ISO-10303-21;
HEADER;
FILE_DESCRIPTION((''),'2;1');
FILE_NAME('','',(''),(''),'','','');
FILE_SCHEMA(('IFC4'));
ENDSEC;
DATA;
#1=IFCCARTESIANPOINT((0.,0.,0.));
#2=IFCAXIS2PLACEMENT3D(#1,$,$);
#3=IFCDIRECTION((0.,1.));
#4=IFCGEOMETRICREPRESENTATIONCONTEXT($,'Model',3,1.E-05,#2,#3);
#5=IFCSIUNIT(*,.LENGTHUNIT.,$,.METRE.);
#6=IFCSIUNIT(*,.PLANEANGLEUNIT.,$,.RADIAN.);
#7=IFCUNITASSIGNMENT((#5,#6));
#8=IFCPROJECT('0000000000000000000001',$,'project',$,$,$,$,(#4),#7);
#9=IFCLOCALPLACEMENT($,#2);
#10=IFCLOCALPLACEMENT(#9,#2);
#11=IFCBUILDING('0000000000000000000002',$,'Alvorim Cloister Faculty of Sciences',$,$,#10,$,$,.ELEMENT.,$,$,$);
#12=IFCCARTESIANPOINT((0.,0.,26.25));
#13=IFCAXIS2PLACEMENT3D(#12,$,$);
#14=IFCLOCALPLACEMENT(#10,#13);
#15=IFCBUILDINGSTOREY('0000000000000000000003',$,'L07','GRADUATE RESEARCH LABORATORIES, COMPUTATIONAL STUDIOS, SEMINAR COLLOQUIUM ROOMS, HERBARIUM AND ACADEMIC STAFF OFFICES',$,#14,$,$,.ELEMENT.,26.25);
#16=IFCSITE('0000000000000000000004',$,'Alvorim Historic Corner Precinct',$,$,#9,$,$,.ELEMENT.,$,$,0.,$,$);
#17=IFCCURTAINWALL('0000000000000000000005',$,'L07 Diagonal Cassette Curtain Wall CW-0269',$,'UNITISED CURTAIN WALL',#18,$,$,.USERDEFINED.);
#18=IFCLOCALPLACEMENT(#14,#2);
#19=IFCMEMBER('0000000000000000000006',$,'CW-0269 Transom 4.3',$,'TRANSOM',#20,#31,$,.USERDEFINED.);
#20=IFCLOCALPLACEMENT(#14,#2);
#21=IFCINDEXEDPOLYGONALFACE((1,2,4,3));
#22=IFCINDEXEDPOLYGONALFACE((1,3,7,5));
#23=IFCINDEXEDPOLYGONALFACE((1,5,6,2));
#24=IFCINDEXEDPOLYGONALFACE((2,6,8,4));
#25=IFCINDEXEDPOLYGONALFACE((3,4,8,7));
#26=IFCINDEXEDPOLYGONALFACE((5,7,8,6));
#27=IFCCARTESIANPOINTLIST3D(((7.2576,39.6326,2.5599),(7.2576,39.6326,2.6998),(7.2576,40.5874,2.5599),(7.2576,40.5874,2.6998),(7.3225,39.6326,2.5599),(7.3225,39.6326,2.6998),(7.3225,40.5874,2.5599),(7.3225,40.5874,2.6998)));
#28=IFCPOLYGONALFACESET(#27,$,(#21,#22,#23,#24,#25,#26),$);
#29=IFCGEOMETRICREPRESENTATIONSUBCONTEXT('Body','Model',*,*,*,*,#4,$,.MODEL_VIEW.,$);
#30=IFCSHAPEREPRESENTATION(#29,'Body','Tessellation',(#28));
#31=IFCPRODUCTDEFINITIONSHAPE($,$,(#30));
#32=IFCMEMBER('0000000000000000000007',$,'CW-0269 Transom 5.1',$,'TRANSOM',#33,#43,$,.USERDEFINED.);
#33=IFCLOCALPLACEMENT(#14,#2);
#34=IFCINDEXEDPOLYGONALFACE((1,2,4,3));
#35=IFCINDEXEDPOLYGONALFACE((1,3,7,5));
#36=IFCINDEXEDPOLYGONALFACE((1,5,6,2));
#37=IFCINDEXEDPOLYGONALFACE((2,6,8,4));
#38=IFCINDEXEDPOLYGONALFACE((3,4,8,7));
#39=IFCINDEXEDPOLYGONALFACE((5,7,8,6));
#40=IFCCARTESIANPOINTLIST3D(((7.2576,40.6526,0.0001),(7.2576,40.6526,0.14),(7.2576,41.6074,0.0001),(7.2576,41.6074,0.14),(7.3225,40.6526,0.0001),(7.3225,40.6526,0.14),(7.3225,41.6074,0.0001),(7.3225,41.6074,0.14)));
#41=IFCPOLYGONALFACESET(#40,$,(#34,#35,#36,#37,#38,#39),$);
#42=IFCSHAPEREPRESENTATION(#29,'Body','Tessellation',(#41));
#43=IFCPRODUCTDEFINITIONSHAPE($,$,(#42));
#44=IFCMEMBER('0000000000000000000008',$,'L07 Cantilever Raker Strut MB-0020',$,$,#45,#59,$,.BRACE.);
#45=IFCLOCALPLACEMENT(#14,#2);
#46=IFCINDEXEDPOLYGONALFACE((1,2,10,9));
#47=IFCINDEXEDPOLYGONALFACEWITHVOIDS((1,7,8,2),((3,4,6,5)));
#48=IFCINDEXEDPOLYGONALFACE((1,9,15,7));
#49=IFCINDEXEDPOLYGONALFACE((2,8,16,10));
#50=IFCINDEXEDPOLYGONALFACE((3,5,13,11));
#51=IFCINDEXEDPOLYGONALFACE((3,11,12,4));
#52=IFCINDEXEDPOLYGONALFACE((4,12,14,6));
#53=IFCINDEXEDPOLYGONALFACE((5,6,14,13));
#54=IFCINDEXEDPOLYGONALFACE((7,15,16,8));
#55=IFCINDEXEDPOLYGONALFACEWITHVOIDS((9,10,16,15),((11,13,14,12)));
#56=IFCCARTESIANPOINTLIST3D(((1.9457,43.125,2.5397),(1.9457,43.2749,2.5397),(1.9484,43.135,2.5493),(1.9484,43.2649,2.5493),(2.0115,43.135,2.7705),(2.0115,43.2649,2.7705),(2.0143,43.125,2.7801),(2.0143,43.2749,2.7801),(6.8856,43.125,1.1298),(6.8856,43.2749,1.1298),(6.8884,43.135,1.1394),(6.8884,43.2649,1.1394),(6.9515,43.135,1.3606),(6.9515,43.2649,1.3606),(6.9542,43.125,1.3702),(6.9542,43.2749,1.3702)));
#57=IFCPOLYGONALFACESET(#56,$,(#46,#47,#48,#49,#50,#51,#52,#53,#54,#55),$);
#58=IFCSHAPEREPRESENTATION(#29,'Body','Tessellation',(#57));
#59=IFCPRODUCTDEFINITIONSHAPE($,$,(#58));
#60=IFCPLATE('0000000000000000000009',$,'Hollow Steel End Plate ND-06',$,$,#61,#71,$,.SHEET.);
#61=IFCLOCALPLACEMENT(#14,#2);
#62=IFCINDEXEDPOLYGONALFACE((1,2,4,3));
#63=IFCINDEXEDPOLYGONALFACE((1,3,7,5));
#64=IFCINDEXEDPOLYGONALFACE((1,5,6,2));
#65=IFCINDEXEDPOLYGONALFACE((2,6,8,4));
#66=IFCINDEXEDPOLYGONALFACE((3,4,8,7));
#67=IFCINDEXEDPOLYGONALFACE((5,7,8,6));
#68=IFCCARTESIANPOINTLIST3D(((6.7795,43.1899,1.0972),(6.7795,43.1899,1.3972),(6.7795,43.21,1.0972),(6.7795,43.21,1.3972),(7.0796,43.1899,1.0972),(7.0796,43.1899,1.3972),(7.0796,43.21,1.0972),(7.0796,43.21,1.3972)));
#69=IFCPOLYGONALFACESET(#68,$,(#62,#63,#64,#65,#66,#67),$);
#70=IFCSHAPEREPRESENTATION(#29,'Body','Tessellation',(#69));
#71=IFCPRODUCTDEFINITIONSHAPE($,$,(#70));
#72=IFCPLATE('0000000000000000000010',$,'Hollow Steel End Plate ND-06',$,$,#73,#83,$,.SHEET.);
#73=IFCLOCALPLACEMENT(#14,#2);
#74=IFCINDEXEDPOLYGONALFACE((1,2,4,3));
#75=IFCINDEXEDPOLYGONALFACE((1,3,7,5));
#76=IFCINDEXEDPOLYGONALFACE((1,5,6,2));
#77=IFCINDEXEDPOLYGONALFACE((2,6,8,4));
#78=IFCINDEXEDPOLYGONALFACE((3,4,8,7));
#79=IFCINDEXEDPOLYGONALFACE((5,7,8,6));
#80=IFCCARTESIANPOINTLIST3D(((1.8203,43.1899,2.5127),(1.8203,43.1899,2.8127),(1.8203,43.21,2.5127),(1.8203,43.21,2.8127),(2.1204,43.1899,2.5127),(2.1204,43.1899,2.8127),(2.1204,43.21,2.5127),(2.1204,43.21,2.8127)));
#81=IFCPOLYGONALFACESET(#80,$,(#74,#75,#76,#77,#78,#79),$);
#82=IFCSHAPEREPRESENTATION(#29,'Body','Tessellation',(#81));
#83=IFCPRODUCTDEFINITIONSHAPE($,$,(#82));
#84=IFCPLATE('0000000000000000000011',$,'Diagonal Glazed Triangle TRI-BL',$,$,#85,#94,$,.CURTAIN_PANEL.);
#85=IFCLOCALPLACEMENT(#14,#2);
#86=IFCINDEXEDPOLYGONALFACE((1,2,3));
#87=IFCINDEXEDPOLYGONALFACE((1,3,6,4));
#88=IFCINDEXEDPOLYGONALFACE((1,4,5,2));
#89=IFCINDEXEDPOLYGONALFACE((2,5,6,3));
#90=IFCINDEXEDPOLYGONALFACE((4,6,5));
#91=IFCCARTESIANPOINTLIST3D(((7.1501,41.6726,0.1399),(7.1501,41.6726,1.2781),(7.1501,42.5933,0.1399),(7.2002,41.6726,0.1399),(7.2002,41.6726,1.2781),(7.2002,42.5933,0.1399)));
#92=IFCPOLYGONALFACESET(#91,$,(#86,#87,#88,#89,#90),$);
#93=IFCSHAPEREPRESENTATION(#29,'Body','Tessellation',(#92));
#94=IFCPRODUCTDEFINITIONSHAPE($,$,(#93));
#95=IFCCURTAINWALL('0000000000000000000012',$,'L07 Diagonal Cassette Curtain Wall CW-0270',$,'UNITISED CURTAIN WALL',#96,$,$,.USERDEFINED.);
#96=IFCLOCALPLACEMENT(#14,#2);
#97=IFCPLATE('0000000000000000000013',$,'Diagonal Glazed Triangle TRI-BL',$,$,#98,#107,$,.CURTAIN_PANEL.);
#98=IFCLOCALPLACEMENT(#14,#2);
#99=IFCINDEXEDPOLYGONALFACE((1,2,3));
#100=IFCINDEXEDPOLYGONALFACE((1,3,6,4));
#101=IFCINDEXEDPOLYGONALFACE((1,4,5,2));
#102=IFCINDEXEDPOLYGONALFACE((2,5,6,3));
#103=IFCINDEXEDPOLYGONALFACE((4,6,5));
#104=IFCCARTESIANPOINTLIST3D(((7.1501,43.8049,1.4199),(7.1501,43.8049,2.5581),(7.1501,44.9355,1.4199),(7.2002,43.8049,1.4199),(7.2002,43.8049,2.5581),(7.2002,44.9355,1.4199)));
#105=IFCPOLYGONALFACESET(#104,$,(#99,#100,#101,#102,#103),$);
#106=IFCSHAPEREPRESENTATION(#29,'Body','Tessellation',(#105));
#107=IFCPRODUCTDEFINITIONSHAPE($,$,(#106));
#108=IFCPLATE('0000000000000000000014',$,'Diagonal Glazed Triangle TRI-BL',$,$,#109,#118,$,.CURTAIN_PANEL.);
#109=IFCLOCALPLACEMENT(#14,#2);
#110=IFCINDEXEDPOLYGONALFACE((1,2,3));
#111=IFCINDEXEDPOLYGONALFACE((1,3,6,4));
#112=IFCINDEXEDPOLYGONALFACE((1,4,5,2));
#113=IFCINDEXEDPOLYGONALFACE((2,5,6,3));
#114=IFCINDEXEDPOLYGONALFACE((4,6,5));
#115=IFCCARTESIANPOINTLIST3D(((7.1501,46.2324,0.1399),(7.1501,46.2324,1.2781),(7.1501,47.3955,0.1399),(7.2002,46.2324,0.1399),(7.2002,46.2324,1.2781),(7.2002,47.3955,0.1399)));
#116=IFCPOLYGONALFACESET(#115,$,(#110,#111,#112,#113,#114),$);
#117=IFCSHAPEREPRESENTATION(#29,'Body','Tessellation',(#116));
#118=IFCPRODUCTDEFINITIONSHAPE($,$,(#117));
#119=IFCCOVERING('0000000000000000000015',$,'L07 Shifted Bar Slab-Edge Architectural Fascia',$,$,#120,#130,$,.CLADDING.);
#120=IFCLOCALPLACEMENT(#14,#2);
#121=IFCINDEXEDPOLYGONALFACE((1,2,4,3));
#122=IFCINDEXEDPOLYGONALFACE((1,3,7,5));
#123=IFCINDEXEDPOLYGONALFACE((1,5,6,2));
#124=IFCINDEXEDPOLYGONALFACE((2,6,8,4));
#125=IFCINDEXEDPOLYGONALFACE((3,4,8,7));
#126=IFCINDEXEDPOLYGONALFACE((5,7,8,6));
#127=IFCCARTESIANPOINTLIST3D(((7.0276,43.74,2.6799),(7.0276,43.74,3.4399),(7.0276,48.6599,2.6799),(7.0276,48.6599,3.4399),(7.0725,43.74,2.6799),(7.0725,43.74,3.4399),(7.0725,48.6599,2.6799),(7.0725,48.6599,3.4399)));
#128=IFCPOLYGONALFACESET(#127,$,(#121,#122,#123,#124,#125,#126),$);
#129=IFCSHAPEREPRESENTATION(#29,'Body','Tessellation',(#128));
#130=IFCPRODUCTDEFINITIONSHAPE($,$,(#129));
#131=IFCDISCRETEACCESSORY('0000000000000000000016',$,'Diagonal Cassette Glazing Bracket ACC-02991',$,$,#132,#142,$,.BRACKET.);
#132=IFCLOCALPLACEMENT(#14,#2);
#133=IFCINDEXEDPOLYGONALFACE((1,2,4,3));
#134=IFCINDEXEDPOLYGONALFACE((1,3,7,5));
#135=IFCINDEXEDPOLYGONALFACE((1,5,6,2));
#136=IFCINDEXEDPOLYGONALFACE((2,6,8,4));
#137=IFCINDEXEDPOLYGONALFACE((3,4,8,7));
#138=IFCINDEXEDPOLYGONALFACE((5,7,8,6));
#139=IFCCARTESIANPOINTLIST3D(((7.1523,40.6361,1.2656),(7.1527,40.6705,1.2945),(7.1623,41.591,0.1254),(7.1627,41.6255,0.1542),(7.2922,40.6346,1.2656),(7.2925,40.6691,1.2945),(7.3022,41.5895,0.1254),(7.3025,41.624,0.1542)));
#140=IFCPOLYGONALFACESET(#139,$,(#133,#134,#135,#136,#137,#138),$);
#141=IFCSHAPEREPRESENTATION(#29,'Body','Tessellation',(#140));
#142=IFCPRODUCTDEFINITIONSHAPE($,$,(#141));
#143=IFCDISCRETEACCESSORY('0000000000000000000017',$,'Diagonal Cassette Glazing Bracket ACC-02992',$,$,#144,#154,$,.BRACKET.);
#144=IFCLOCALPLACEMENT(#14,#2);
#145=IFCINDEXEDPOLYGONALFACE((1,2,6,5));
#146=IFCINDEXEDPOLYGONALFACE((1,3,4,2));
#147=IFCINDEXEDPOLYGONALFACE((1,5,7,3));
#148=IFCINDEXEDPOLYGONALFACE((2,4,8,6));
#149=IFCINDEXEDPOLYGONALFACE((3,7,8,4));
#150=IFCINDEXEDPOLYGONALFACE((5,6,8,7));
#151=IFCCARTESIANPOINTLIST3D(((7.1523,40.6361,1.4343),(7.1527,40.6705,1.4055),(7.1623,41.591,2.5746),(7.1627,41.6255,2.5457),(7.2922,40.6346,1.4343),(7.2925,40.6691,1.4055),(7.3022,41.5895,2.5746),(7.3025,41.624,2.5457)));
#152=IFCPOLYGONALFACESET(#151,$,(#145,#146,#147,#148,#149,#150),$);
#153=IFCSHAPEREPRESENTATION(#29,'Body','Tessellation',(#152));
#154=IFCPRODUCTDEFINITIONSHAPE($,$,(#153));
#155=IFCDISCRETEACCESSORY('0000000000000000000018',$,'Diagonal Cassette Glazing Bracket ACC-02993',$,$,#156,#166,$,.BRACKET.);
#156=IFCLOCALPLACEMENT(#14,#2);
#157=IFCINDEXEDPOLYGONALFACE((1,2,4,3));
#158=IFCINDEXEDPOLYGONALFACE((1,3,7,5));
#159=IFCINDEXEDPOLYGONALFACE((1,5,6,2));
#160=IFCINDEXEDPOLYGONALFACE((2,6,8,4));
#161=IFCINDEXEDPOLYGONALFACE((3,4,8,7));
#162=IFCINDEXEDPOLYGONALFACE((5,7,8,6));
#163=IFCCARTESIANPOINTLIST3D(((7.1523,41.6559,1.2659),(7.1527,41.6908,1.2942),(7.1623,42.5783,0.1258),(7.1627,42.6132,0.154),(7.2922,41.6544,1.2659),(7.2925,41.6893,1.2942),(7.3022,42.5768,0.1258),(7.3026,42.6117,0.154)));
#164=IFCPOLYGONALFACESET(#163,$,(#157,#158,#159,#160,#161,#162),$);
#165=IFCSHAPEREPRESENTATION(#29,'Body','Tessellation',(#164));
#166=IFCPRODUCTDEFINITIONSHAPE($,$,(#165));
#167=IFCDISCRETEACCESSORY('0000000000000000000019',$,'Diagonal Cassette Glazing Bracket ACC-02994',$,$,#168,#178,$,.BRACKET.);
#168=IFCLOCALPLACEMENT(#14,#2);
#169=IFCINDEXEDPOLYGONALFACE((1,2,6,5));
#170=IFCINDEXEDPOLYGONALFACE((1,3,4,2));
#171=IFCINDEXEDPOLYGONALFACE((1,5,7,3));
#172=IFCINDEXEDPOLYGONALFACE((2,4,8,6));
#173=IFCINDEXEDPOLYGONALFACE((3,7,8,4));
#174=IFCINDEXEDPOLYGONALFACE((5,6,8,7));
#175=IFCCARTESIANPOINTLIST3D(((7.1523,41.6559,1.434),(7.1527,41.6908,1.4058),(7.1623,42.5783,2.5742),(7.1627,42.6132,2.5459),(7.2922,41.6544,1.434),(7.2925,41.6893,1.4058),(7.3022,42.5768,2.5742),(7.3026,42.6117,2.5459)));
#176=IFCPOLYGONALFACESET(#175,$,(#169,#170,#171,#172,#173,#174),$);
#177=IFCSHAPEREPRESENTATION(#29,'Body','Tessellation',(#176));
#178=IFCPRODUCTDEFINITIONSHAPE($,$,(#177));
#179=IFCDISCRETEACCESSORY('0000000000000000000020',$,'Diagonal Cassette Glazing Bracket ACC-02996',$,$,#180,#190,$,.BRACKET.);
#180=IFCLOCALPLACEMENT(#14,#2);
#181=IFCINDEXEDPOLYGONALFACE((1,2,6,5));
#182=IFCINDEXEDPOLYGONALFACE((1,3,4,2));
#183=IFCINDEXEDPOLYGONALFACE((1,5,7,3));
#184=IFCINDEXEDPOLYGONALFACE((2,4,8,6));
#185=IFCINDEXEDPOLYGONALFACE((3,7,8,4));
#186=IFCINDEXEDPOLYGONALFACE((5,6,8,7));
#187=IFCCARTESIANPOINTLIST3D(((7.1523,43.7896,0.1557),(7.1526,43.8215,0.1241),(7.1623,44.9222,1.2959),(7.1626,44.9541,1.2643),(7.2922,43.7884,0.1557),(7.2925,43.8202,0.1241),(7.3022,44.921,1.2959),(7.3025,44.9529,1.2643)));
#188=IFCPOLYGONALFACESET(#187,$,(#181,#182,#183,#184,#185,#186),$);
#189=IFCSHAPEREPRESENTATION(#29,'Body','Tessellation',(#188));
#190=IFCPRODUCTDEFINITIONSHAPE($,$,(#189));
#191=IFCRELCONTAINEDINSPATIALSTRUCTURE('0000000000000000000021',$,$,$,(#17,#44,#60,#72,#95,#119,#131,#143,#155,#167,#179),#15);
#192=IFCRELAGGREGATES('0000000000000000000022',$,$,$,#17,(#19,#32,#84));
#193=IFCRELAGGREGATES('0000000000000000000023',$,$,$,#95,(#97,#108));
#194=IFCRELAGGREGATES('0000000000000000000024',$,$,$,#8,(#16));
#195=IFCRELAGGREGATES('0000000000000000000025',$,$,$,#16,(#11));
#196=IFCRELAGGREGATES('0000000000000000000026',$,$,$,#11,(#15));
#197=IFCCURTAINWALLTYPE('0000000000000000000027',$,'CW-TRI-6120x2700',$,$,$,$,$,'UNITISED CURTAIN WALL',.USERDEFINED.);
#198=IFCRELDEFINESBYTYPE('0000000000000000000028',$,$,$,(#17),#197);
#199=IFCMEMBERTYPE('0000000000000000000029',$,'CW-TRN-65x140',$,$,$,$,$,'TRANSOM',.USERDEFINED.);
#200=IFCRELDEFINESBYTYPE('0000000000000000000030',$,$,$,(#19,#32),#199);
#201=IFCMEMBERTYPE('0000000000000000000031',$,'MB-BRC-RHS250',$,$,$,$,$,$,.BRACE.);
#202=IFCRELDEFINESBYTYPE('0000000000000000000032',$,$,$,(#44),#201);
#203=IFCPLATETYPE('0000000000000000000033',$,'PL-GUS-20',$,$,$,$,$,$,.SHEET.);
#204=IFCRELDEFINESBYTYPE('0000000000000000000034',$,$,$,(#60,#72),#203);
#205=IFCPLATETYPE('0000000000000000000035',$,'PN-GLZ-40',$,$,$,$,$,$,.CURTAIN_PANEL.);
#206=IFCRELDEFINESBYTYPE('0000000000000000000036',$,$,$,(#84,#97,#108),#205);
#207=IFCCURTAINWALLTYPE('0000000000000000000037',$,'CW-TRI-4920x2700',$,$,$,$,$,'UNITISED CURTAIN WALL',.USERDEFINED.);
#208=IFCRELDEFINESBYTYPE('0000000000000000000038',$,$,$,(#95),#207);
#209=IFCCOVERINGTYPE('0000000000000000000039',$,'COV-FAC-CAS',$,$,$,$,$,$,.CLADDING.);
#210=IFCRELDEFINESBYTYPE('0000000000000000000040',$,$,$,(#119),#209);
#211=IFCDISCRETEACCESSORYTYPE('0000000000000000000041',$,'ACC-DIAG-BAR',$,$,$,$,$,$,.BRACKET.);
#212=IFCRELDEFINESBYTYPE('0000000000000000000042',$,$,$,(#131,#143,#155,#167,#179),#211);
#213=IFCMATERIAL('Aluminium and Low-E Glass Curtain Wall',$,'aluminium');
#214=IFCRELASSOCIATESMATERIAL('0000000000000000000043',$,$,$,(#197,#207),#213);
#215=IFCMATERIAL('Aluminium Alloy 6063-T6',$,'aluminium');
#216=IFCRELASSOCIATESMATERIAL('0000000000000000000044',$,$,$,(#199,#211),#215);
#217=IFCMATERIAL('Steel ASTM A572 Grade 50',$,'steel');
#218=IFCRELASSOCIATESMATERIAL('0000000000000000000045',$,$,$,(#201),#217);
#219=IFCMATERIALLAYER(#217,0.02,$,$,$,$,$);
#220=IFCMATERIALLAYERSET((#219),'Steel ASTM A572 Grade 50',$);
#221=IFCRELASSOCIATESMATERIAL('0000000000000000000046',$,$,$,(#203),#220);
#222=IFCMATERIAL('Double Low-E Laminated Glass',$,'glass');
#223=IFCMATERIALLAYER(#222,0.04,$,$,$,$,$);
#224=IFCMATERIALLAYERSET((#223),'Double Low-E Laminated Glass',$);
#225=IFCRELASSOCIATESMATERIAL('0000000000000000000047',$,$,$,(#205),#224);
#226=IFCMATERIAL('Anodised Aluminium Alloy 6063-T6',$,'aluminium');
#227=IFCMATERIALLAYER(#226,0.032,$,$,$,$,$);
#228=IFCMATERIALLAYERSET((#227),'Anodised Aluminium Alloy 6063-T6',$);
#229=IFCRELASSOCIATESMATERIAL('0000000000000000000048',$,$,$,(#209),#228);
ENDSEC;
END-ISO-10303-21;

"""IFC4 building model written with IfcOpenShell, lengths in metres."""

from ifc_helpers import new_model, si_unit, direction, frame, origin, origin_2d, place, context, subcontext, project, spatial, polyline, rectangle, hollow_rectangle, outline, extrude, material, layer, layer_set, material_profile, profile_set, type_object, element, aggregate, save


model = new_model("IFC4")

# Units and contexts
model_context = context("Model", 3, precision=1e-05, world=origin(), true_north=direction((0.0, 1.0)))
body_context = subcontext(model_context, "Body", "Model", "MODEL_VIEW")
ifc_project = project(units=[si_unit("LENGTHUNIT", "METRE"), si_unit("PLANEANGLEUNIT", "RADIAN")], contexts=[model_context])

# Site, building, storey
site_placement = place(None, origin())
site = spatial("IfcSite", under=ifc_project, at=site_placement, Name="Alvorim Historic Corner Precinct", CompositionType="ELEMENT", RefElevation=0.0)
building_placement = place(site_placement, origin())
building = spatial("IfcBuilding", under=site, at=building_placement, Name="Alvorim Cloister Faculty of Sciences", CompositionType="ELEMENT")
storey_placement = place(building_placement, frame((0.0, 0.0, 26.25)))
storey = spatial("IfcBuildingStorey", under=building, at=storey_placement, Name="L07", Description="GRADUATE RESEARCH LABORATORIES, COMPUTATIONAL STUDIOS, SEMINAR COLLOQUIUM ROOMS, HERBARIUM AND ACADEMIC STAFF OFFICES", CompositionType="ELEMENT", Elevation=26.25)

# Shared definitions
ifc_material_1 = material(Name="Steel ASTM A572 Grade 50", Category="steel")

# Curtain wall, members
ifc_material_2 = material(Name="Aluminium and Low-E Glass Curtain Wall", Category="aluminium")
curtain_wall_type_1 = type_object("IfcCurtainWallType", Name="CW-TRI-6120x2700", ElementType="UNITISED CURTAIN WALL", PredefinedType="USERDEFINED", material=ifc_material_2)
curtain_wall_1_placement = place(storey_placement, origin())
curtain_wall_1 = element("IfcCurtainWall", 1, at=curtain_wall_1_placement, inside=storey, type_object=curtain_wall_type_1, Name="L07 Diagonal Cassette Curtain Wall CW-0269", ObjectType="UNITISED CURTAIN WALL", PredefinedType="USERDEFINED")
ifc_material_3 = material(Name="Aluminium Alloy 6063-T6", Category="aluminium")
ifc_material_profile_1 = material_profile(ifc_material_3, rectangle(XDim=0.0649, YDim=0.1399, at=origin_2d()), Name="ALU-TRN-65x140")
ifc_profile_set_1 = profile_set([ifc_material_profile_1], Name="Aluminium Alloy 6063-T6")
member_type_1 = type_object("IfcMemberType", Name="CW-TRN-65x140", ElementType="TRANSOM", PredefinedType="USERDEFINED", material=ifc_profile_set_1)
member_1_placement = place(storey_placement, frame((7.29, 39.6326, 2.6299), z_axis=(0.0, 1.0, 0.0), x_axis=(-1.0, 0.0, 0.0)))
member_1 = element("IfcMember", 2, at=member_1_placement, type_object=member_type_1, Name="CW-0269 Transom 4.3", ObjectType="TRANSOM", PredefinedType="USERDEFINED", context=body_context, shape_type="SweptSolid", body=[
    extrude(rectangle(XDim=0.0649, YDim=0.1399, at=origin_2d()), origin(), (0.0, 0.0, 1.0), 0.9548),
])
member_2_placement = place(storey_placement, frame((7.29, 40.6526, 0.0701), z_axis=(0.0, 1.0, 0.0), x_axis=(-1.0, 0.0, 0.0)))
member_2 = element("IfcMember", 3, at=member_2_placement, type_object=member_type_1, Name="CW-0269 Transom 5.1", ObjectType="TRANSOM", PredefinedType="USERDEFINED", context=body_context, shape_type="SweptSolid", body=[
    extrude(rectangle(XDim=0.0649, YDim=0.1399, at=origin_2d()), origin(), (0.0, 0.0, 1.0), 0.9548),
])

# Member
ifc_material_profile_2 = material_profile(ifc_material_1, hollow_rectangle(XDim=0.1499, YDim=0.25, WallThickness=0.01, at=origin_2d()), Name="RHS250x150x10")
ifc_profile_set_2 = profile_set([ifc_material_profile_2], Name="Steel ASTM A572 Grade 50")
member_type_2 = type_object("IfcMemberType", Name="MB-BRC-RHS250", PredefinedType="BRACE", material=ifc_profile_set_2)
member_3_placement = place(storey_placement, frame((6.9199, 43.2, 1.25), z_axis=(-0.961601, 0.0, 0.274451), x_axis=(0.0, -1.0, 0.0)))
element("IfcMember", 4, at=member_3_placement, inside=storey, type_object=member_type_2, Name="L07 Cantilever Raker Strut MB-0020", PredefinedType="BRACE", context=body_context, shape_type="SweptSolid", body=[
    extrude(hollow_rectangle(XDim=0.1499, YDim=0.25, WallThickness=0.01, at=origin_2d()), origin(), (0.0, 0.0, 1.0), 5.1372),
])

# Plates
ifc_layer_1 = layer(ifc_material_1, 0.02)
ifc_layer_set_1 = layer_set([ifc_layer_1], Name="Steel ASTM A572 Grade 50")
plate_type_1 = type_object("IfcPlateType", Name="PL-GUS-20", PredefinedType="SHEET", material=ifc_layer_set_1)
for number, where, z_axis, x_axis, name in (
    (5, (7.0796, 43.2, 1.0972), (0.0, 0.0, 1.0), (-1.0, 0.0, 0.0), "Hollow Steel End Plate ND-06"),
    (6, (2.1204, 43.2, 2.5127), (0.0, 0.0, 1.0), (-1.0, 0.0, 0.0), "Hollow Steel End Plate ND-06"),
):
    element("IfcPlate", number, at=place(storey_placement, frame(where, z_axis=z_axis, x_axis=x_axis)), inside=storey, type_object=plate_type_1, Name=name, PredefinedType="SHEET", context=body_context, shape_type="SweptSolid", body=[
        extrude(outline(polyline([(0.0, 0.0), (0.3, 0.0), (0.3, 0.3), (0.0, 0.3), (0.0, 0.0)])), frame((0.0, 0.01, 0.0), z_axis=(0.0, -1.0, 0.0), x_axis=(1.0, 0.0, 0.0)), (0.0, 0.0, 1.0), 0.02),
    ])

# Plate
ifc_material_4 = material(Name="Double Low-E Laminated Glass", Category="glass")
ifc_layer_2 = layer(ifc_material_4, 0.04)
ifc_layer_set_2 = layer_set([ifc_layer_2], Name="Double Low-E Laminated Glass")
plate_type_2 = type_object("IfcPlateType", Name="PN-GLZ-40", PredefinedType="CURTAIN_PANEL", material=ifc_layer_set_2)
plate_1_placement = place(storey_placement, frame((7.175, 41.6726, 0.1399), z_axis=(0.0, 0.0, 1.0), x_axis=(0.0, 1.0, 0.0)))
plate_1 = element("IfcPlate", 7, at=plate_1_placement, type_object=plate_type_2, Name="Diagonal Glazed Triangle TRI-BL", PredefinedType="CURTAIN_PANEL", context=body_context, shape_type="SweptSolid", body=[
    extrude(outline(polyline([(0.0, 0.0), (0.9207, 0.0), (0.0, 1.1382), (0.0, 0.0)])), frame((0.0, 0.0249, 0.0), z_axis=(0.0, -1.0, 0.0), x_axis=(1.0, 0.0, 0.0)), (0.0, 0.0, 1.0), 0.05),
])
aggregate(curtain_wall_1, [member_1, member_2, plate_1])

# Curtain wall, plates
curtain_wall_type_2 = type_object("IfcCurtainWallType", Name="CW-TRI-4920x2700", ElementType="UNITISED CURTAIN WALL", PredefinedType="USERDEFINED", material=ifc_material_2)
curtain_wall_2_placement = place(storey_placement, origin())
curtain_wall_2 = element("IfcCurtainWall", 8, at=curtain_wall_2_placement, inside=storey, type_object=curtain_wall_type_2, Name="L07 Diagonal Cassette Curtain Wall CW-0270", ObjectType="UNITISED CURTAIN WALL", PredefinedType="USERDEFINED")
plate_2_placement = place(storey_placement, frame((7.175, 43.8049, 1.4199), z_axis=(0.0, 0.0, 1.0), x_axis=(0.0, 1.0, 0.0)))
plate_2 = element("IfcPlate", 9, at=plate_2_placement, type_object=plate_type_2, Name="Diagonal Glazed Triangle TRI-BL", PredefinedType="CURTAIN_PANEL", context=body_context, shape_type="SweptSolid", body=[
    extrude(outline(polyline([(0.0, 0.0), (1.1306, 0.0), (0.0, 1.1382), (0.0, 0.0)])), frame((0.0, 0.0249, 0.0), z_axis=(0.0, -1.0, 0.0), x_axis=(1.0, 0.0, 0.0)), (0.0, 0.0, 1.0), 0.05),
])
plate_3_placement = place(storey_placement, frame((7.175, 46.2324, 0.1399), z_axis=(0.0, 0.0, 1.0), x_axis=(0.0, 1.0, 0.0)))
plate_3 = element("IfcPlate", 10, at=plate_3_placement, type_object=plate_type_2, Name="Diagonal Glazed Triangle TRI-BL", PredefinedType="CURTAIN_PANEL", context=body_context, shape_type="SweptSolid", body=[
    extrude(outline(polyline([(0.0, 0.0), (1.1631, 0.0), (0.0, 1.1382), (0.0, 0.0)])), frame((0.0, 0.0249, 0.0), z_axis=(0.0, -1.0, 0.0), x_axis=(1.0, 0.0, 0.0)), (0.0, 0.0, 1.0), 0.05),
])
aggregate(curtain_wall_2, [plate_2, plate_3])

# Covering
ifc_material_5 = material(Name="Anodised Aluminium Alloy 6063-T6", Category="aluminium")
ifc_layer_3 = layer(ifc_material_5, 0.032)
ifc_layer_set_3 = layer_set([ifc_layer_3], Name="Anodised Aluminium Alloy 6063-T6")
covering_type = type_object("IfcCoveringType", Name="COV-FAC-CAS", PredefinedType="CLADDING", material=ifc_layer_set_3)
covering_placement = place(storey_placement, frame((7.05, 43.74, 2.6799), z_axis=(0.0, 0.0, 1.0), x_axis=(0.0, 1.0, 0.0)))
element("IfcCovering", 11, at=covering_placement, inside=storey, type_object=covering_type, Name="L07 Shifted Bar Slab-Edge Architectural Fascia", PredefinedType="CLADDING", context=body_context, shape_type="SweptSolid", body=[
    extrude(outline(polyline([(0.0, 0.0), (4.9199, 0.0), (4.9199, 0.76), (0.0, 0.76), (0.0, 0.0)])), frame((0.0, 0.0225, 0.0), z_axis=(0.0, -1.0, 0.0), x_axis=(1.0, 0.0, 0.0)), (0.0, 0.0, 1.0), 0.0449),
])

# Discrete accessories
discrete_accessory_type = type_object("IfcDiscreteAccessoryType", Name="ACC-DIAG-BAR", PredefinedType="BRACKET", material=ifc_material_3)
for number, where, z_axis, x_axis, name in (
    (12, (7.2224, 40.6526, 1.28), (0.006731, 0.642041, -0.766641), (-0.999945, 0.010483, 0.0), "Diagonal Cassette Glazing Bracket ACC-02991"),
    (13, (7.2224, 40.6526, 1.4199), (0.006731, 0.642041, 0.766641), (-0.999945, 0.010483, 0.0), "Diagonal Cassette Glazing Bracket ACC-02992"),
):
    element("IfcDiscreteAccessory", number, at=place(storey_placement, frame(where, z_axis=z_axis, x_axis=x_axis)), inside=storey, type_object=discrete_accessory_type, Name=name, PredefinedType="BRACKET", context=body_context, shape_type="SweptSolid", body=[
        extrude(rectangle(XDim=0.1399, YDim=0.0449, at=origin_2d()), origin(), (0.0, 0.0, 1.0), 1.4873),
    ])
for number, where, z_axis, x_axis, name in (
    (14, (7.2224, 41.6726, 1.28), (0.006825, 0.628935, -0.777428), (-0.999941, 0.010852, 0.0), "Diagonal Cassette Glazing Bracket ACC-02993"),
    (15, (7.2224, 41.6726, 1.4199), (0.006825, 0.628935, 0.777428), (-0.999941, 0.010852, 0.0), "Diagonal Cassette Glazing Bracket ACC-02994"),
):
    element("IfcDiscreteAccessory", number, at=place(storey_placement, frame(where, z_axis=z_axis, x_axis=x_axis)), inside=storey, type_object=discrete_accessory_type, Name=name, PredefinedType="BRACKET", context=body_context, shape_type="SweptSolid", body=[
        extrude(rectangle(XDim=0.1399, YDim=0.0449, at=origin_2d()), origin(), (0.0, 0.0, 1.0), 1.4666),
    ])
for number, where, z_axis, x_axis, name in (
    (16, (7.2224, 43.8049, 0.1399), (0.006229, 0.704734, 0.709444), (-0.999961, 0.008838, 0.0), "Diagonal Cassette Glazing Bracket ACC-02996"),
):
    element("IfcDiscreteAccessory", number, at=place(storey_placement, frame(where, z_axis=z_axis, x_axis=x_axis)), inside=storey, type_object=discrete_accessory_type, Name=name, PredefinedType="BRACKET", context=body_context, shape_type="SweptSolid", body=[
        extrude(rectangle(XDim=0.1399, YDim=0.0449, at=origin_2d()), origin(), (0.0, 0.0, 1.0), 1.6072),
    ])

save(model, "model.ifc")
